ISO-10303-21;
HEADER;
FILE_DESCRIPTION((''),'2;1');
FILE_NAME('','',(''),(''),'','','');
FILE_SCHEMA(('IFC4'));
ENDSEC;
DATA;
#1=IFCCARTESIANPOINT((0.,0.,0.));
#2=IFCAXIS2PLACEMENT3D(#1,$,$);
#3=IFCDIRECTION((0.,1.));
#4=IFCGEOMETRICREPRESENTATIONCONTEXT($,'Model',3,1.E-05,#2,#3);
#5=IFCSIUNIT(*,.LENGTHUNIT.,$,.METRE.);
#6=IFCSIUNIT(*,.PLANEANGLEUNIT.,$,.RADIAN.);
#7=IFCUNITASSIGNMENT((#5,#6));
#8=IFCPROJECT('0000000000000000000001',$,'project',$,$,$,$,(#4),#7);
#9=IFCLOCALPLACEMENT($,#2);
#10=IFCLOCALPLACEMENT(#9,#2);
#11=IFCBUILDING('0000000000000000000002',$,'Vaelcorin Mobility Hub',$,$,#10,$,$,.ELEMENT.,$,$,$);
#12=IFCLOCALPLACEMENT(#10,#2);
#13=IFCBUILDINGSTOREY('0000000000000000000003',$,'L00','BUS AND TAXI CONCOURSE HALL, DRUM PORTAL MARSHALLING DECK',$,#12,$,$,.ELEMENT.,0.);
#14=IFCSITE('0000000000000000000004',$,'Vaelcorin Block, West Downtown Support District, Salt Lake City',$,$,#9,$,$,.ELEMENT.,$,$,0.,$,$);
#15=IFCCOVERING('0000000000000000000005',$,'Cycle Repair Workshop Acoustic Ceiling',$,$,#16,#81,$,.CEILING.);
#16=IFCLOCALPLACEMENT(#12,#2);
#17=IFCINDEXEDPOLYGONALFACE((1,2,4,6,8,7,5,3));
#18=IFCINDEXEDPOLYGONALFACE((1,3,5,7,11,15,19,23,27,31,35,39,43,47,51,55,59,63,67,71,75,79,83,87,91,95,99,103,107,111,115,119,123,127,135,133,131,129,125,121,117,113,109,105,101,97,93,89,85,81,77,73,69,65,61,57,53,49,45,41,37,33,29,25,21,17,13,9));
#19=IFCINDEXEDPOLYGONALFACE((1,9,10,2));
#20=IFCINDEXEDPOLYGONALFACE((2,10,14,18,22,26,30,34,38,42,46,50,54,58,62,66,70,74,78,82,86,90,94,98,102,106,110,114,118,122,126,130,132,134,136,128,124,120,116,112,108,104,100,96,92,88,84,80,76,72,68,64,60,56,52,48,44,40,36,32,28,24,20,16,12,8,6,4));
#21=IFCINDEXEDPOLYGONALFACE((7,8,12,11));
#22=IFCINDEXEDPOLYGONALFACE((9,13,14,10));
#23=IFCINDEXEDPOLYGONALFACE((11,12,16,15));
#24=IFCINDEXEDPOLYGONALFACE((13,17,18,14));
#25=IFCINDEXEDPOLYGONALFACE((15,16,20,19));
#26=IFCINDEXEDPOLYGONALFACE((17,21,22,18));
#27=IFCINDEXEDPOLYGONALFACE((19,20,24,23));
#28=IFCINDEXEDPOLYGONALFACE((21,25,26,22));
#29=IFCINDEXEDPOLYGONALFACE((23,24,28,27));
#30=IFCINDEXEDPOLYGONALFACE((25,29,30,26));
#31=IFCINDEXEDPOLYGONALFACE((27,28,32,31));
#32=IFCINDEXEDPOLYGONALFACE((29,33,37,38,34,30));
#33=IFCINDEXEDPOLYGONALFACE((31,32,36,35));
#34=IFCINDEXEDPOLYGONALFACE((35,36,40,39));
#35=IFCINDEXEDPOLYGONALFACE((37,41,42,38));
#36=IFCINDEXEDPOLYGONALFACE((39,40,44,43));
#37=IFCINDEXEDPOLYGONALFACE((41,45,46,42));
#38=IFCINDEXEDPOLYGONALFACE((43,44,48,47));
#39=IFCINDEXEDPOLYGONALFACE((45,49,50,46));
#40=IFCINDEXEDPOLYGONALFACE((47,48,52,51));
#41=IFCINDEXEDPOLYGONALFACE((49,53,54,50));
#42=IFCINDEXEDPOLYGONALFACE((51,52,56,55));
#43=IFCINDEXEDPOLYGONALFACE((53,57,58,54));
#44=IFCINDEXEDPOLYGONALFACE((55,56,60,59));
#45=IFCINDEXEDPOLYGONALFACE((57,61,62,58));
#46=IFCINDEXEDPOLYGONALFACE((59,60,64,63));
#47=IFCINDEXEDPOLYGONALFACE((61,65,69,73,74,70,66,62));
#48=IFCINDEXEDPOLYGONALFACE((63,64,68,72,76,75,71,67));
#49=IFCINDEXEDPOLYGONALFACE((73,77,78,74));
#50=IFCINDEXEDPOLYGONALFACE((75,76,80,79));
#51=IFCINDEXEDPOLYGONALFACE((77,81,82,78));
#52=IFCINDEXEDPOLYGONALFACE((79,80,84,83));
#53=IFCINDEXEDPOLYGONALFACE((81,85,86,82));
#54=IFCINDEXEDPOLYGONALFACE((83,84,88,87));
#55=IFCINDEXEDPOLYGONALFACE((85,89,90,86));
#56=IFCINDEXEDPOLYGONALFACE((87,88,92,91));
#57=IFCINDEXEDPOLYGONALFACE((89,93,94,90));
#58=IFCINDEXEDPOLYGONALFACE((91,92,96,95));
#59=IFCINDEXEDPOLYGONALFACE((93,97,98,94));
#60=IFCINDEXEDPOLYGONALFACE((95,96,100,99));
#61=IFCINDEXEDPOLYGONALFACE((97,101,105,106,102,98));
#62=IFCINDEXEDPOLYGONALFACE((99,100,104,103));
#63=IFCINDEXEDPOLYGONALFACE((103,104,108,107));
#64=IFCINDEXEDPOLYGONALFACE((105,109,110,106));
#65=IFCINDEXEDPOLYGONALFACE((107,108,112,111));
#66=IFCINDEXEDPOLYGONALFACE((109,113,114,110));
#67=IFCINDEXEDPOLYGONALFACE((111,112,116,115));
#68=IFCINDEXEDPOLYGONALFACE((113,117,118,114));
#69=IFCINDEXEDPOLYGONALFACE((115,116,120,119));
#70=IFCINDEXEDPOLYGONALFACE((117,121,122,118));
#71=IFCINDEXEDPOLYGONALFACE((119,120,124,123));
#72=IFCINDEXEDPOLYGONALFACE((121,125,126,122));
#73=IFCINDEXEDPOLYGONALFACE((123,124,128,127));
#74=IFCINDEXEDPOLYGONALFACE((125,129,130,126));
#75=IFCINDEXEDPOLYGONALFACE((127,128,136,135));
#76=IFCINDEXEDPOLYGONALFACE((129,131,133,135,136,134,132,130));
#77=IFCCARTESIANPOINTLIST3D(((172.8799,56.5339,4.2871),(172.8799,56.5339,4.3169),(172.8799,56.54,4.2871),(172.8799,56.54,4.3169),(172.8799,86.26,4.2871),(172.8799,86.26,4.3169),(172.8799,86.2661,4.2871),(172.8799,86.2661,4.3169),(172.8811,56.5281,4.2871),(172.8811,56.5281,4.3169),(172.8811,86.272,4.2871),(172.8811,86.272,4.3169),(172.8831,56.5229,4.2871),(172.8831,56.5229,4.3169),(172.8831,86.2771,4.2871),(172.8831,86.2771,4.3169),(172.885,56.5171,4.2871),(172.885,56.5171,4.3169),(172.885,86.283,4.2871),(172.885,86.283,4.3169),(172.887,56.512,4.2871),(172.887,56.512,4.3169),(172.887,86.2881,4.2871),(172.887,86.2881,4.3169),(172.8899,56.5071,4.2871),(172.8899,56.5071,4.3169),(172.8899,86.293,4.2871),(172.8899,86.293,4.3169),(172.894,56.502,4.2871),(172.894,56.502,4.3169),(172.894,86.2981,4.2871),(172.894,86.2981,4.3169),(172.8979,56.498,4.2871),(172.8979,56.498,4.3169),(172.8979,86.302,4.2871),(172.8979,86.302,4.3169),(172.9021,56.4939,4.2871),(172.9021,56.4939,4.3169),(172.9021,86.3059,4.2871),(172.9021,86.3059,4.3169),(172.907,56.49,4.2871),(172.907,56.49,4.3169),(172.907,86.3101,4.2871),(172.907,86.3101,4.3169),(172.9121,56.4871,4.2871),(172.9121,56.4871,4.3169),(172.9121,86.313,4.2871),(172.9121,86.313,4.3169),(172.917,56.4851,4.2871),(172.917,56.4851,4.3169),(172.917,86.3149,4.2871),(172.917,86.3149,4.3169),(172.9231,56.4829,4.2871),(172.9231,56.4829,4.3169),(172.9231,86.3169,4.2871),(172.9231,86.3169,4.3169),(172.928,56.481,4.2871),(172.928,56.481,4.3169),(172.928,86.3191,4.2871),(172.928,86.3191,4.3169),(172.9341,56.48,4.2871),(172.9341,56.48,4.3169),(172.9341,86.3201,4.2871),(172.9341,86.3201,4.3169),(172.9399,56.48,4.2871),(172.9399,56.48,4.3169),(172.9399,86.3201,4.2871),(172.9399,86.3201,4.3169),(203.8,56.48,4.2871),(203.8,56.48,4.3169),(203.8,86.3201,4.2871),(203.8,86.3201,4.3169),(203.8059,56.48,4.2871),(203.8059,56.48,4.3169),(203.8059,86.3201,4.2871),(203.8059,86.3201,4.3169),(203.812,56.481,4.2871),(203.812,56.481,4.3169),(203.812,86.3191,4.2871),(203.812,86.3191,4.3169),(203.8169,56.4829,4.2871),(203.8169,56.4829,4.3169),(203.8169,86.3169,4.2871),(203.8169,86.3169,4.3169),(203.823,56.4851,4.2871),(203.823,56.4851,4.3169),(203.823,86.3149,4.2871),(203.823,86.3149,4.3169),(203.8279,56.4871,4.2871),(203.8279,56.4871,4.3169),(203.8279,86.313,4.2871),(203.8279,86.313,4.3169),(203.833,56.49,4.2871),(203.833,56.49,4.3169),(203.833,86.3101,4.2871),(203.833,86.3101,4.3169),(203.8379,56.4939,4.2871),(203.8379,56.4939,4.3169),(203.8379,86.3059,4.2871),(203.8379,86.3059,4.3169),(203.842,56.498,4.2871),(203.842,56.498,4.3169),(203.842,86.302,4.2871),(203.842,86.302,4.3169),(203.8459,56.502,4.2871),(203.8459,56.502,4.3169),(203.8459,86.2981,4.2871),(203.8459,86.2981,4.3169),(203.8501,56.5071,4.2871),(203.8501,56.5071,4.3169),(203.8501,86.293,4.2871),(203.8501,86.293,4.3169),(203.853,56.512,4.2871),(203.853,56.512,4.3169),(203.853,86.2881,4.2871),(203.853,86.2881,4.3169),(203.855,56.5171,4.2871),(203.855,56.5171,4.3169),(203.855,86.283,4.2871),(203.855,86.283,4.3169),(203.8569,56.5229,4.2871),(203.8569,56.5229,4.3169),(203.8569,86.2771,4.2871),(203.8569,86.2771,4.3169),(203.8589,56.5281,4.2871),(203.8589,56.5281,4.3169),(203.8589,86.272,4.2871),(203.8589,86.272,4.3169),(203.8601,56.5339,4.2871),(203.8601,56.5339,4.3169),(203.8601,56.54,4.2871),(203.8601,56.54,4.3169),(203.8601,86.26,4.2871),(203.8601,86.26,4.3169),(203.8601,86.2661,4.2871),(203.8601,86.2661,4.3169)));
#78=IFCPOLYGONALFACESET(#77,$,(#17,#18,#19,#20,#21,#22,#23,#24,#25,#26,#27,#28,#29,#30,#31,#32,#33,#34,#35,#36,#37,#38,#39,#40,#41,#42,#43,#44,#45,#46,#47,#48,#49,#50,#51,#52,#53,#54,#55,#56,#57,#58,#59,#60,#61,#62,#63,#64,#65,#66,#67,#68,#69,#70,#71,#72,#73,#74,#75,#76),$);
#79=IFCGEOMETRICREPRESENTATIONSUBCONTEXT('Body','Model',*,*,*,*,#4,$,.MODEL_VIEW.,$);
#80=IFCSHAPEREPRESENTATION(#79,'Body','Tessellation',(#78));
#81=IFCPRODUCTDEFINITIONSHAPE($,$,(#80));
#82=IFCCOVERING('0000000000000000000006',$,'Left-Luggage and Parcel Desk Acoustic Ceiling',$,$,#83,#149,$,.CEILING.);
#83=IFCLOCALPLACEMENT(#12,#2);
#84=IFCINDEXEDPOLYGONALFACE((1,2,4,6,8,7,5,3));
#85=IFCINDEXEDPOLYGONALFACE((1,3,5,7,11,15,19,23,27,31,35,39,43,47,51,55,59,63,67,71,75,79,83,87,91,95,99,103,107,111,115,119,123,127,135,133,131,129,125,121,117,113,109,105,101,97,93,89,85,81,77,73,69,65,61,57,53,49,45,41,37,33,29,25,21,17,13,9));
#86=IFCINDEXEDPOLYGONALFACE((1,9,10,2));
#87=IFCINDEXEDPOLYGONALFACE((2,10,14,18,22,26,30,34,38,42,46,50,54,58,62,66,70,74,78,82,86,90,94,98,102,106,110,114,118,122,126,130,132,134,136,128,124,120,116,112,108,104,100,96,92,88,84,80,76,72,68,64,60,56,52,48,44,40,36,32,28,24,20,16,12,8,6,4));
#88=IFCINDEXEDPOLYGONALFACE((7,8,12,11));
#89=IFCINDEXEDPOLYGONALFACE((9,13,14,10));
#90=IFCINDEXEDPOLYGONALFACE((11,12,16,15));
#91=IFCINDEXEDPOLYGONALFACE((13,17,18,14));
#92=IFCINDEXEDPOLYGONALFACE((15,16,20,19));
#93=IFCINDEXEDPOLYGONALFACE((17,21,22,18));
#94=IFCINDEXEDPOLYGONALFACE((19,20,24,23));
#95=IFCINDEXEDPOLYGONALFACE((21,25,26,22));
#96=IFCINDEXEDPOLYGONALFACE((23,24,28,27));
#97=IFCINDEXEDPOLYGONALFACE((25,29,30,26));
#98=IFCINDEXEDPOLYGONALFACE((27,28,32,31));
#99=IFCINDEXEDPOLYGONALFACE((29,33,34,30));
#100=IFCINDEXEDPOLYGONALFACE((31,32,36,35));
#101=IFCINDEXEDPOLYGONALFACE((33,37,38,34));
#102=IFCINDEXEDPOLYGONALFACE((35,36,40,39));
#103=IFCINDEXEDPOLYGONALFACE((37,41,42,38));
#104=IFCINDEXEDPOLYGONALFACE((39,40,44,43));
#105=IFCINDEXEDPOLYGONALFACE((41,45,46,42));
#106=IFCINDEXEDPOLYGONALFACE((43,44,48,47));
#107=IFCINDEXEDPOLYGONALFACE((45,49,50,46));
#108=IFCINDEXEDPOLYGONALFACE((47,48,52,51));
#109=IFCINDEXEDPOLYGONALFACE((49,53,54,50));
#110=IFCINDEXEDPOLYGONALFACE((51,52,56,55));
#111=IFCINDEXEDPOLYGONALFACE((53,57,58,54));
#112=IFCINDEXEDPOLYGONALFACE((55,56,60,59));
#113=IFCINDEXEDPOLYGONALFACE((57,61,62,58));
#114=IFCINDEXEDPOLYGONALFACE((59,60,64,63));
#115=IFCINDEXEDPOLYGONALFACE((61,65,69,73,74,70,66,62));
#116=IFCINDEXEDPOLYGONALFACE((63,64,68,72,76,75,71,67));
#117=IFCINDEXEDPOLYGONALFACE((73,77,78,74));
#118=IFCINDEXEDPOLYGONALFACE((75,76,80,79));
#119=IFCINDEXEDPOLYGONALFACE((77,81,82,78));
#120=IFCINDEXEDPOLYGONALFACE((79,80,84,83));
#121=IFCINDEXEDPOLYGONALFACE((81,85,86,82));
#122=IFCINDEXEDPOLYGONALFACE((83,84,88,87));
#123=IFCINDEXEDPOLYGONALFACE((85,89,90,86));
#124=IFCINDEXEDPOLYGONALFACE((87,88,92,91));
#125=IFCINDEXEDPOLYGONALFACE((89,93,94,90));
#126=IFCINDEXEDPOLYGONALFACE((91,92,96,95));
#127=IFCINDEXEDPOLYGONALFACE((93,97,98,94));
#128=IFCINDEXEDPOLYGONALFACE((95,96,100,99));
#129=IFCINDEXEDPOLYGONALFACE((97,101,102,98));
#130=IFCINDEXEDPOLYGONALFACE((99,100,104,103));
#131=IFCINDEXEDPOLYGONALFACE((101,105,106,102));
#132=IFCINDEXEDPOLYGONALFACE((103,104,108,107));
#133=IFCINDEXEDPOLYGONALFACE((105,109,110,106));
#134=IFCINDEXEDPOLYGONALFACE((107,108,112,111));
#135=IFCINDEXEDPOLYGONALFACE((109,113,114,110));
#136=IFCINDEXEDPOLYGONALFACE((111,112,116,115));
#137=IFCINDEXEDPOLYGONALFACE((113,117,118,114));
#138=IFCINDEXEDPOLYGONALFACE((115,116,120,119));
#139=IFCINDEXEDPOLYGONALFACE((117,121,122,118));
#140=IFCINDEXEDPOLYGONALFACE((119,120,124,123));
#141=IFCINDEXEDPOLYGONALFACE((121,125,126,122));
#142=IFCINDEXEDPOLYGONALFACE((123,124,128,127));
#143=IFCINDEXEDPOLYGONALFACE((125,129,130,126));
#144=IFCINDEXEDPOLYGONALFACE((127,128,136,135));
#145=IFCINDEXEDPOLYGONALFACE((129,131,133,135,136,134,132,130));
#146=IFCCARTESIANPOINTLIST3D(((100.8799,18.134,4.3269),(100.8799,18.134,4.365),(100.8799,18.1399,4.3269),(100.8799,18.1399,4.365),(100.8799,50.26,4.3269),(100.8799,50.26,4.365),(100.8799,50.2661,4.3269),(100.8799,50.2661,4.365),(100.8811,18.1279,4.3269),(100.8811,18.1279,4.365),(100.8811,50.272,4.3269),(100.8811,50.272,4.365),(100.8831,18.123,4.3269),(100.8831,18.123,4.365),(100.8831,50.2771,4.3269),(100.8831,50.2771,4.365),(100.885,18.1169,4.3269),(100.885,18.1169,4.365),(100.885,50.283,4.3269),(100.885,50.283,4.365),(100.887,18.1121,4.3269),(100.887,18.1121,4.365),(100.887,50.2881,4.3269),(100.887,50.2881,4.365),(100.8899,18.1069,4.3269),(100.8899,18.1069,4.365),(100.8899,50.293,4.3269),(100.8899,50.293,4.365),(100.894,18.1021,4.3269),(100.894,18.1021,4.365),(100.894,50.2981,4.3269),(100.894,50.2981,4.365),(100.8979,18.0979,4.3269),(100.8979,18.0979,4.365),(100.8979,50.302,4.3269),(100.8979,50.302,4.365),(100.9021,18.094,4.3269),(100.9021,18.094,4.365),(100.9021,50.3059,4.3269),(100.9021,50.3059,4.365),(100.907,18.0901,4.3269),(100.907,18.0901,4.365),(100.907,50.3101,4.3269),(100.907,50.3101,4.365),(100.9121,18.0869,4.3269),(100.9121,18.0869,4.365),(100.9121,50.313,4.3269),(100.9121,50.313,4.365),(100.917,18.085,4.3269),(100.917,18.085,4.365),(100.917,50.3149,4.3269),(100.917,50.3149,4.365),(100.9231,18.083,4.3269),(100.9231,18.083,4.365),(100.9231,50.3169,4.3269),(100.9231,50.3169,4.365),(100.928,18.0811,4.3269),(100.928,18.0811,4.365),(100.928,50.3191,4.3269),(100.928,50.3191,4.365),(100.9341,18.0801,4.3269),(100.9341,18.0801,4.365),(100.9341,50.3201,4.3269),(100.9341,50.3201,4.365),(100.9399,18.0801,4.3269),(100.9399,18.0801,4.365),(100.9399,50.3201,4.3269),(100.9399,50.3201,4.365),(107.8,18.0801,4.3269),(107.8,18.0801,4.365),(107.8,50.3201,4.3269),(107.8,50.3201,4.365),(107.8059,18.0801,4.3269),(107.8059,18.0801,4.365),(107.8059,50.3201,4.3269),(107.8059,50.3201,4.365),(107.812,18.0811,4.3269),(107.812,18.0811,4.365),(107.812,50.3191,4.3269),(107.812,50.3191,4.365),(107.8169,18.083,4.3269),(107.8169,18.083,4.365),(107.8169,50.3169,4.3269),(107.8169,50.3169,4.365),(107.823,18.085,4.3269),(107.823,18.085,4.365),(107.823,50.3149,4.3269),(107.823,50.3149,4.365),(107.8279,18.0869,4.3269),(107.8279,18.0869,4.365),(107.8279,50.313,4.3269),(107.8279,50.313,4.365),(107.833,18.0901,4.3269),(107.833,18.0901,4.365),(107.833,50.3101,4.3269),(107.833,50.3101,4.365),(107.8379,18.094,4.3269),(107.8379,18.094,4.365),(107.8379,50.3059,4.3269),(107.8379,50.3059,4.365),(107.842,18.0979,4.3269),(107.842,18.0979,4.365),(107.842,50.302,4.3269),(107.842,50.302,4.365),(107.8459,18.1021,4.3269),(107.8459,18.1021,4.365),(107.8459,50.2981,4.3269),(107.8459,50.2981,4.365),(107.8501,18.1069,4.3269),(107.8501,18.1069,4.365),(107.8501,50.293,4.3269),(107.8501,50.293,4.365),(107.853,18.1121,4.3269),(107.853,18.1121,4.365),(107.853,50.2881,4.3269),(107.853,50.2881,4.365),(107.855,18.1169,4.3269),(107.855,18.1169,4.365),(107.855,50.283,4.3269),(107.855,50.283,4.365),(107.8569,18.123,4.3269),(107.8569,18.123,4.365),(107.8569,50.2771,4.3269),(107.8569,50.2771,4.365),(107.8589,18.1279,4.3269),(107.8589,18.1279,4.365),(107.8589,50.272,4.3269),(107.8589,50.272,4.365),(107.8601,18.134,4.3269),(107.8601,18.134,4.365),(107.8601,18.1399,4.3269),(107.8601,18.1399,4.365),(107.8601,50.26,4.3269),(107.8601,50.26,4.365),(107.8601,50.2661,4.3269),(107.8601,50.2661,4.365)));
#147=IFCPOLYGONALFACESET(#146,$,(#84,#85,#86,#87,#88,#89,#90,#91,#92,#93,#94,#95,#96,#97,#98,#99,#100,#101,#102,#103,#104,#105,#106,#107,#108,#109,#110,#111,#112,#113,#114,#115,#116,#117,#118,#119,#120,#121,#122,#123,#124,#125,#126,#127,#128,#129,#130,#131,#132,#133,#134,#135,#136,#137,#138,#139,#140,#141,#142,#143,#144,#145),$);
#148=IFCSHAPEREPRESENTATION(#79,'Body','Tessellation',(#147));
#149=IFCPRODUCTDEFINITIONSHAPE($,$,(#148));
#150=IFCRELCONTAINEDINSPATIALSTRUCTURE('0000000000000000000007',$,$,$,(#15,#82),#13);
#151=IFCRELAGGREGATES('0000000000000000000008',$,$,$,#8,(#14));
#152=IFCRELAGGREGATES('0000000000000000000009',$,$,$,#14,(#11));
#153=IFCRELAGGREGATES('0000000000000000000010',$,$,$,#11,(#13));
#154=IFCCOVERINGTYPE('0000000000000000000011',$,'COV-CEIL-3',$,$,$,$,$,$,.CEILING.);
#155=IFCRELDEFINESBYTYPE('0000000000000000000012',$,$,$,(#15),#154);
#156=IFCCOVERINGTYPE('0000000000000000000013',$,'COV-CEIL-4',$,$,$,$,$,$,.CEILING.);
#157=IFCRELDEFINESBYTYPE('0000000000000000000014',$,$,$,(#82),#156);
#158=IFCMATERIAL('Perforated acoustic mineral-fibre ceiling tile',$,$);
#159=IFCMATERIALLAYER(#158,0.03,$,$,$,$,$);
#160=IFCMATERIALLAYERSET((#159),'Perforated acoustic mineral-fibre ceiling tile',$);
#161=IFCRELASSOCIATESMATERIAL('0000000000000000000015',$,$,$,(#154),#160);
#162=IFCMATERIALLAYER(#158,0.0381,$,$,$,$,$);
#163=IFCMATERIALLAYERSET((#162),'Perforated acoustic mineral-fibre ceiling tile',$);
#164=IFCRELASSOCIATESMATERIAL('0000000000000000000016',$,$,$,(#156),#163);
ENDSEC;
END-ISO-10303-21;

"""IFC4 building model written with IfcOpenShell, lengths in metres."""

from ifc_helpers import new_model, si_unit, direction, frame, origin, place, context, subcontext, project, spatial, polyline, outline, extrude, material, layer, layer_set, type_object, element, save


model = new_model("IFC4")

# Units and contexts
model_context = context("Model", 3, precision=1e-05, world=origin(), true_north=direction((0.0, 1.0)))
body_context = subcontext(model_context, "Body", "Model", "MODEL_VIEW")
ifc_project = project(units=[si_unit("LENGTHUNIT", "METRE"), si_unit("PLANEANGLEUNIT", "RADIAN")], contexts=[model_context])

# Site, building, storey
site_placement = place(None, origin())
site = spatial("IfcSite", under=ifc_project, at=site_placement, Name="Vaelcorin Block, West Downtown Support District, Salt Lake City", CompositionType="ELEMENT", RefElevation=0.0)
building_placement = place(site_placement, origin())
building = spatial("IfcBuilding", under=site, at=building_placement, Name="Vaelcorin Mobility Hub", CompositionType="ELEMENT")
storey_placement = place(building_placement, origin())
storey = spatial("IfcBuildingStorey", under=building, at=storey_placement, Name="L00", Description="BUS AND TAXI CONCOURSE HALL, DRUM PORTAL MARSHALLING DECK", CompositionType="ELEMENT", Elevation=0.0)

# Coverings
ifc_material_1 = material(Name="Perforated acoustic mineral-fibre ceiling tile")
ifc_layer_1 = layer(ifc_material_1, 0.03)
ifc_layer_set_1 = layer_set([ifc_layer_1], Name="Perforated acoustic mineral-fibre ceiling tile")
covering_type_1 = type_object("IfcCoveringType", Name="COV-CEIL-3", PredefinedType="CEILING", material=ifc_layer_set_1)
covering_1_placement = place(storey_placement, frame((0.0, 0.0, 4.2871)))
element("IfcCovering", 1, at=covering_1_placement, inside=storey, type_object=covering_type_1, Name="Cycle Repair Workshop Acoustic Ceiling", PredefinedType="CEILING", context=body_context, shape_type="SweptSolid", body=[
    extrude(outline(polyline([(172.9399, 56.48), (172.9341, 56.48), (172.928, 56.481), (172.9231, 56.4829), (172.917, 56.4851), (172.9121, 56.4871), (172.907, 56.49), (172.9021, 56.4939), (172.8979, 56.498), (172.894, 56.502), (172.8899, 56.5071), (172.887, 56.512), (172.885, 56.5171), (172.8831, 56.5229), (172.8811, 56.5281), (172.8799, 56.5339), (172.8799, 56.54), (172.8799, 86.26), (172.8799, 86.2661), (172.8811, 86.272), (172.8831, 86.2771), (172.885, 86.283), (172.887, 86.2881), (172.8899, 86.293), (172.894, 86.2981), (172.8979, 86.302), (172.9021, 86.3059), (172.907, 86.3101), (172.9121, 86.313), (172.917, 86.3149), (172.9231, 86.3169), (172.928, 86.3191), (172.9341, 86.3201), (172.9399, 86.3201), (203.8, 86.3201), (203.8059, 86.3201), (203.812, 86.3191), (203.8169, 86.3169), (203.823, 86.3149), (203.8279, 86.313), (203.833, 86.3101), (203.8379, 86.3059), (203.842, 86.302), (203.8459, 86.2981), (203.8501, 86.293), (203.853, 86.2881), (203.855, 86.283), (203.8569, 86.2771), (203.8589, 86.272), (203.8601, 86.2661), (203.8601, 86.26), (203.8601, 56.54), (203.8601, 56.5339), (203.8589, 56.5281), (203.8569, 56.5229), (203.855, 56.5171), (203.853, 56.512), (203.8501, 56.5071), (203.8459, 56.502), (203.842, 56.498), (203.8379, 56.4939), (203.833, 56.49), (203.8279, 56.4871), (203.823, 56.4851), (203.8169, 56.4829), (203.812, 56.481), (203.8059, 56.48), (203.8, 56.48), (172.9399, 56.48)])), origin(), (0.0, 0.0, 1.0), 0.0298),
])
ifc_layer_2 = layer(ifc_material_1, 0.0381)
ifc_layer_set_2 = layer_set([ifc_layer_2], Name="Perforated acoustic mineral-fibre ceiling tile")
covering_type_2 = type_object("IfcCoveringType", Name="COV-CEIL-4", PredefinedType="CEILING", material=ifc_layer_set_2)
covering_2_placement = place(storey_placement, frame((0.0, 0.0, 4.3269)))
element("IfcCovering", 2, at=covering_2_placement, inside=storey, type_object=covering_type_2, Name="Left-Luggage and Parcel Desk Acoustic Ceiling", PredefinedType="CEILING", context=body_context, shape_type="SweptSolid", body=[
    extrude(outline(polyline([(100.9399, 18.0801), (100.9341, 18.0801), (100.928, 18.0811), (100.9231, 18.083), (100.917, 18.085), (100.9121, 18.0869), (100.907, 18.0901), (100.9021, 18.094), (100.8979, 18.0979), (100.894, 18.1021), (100.8899, 18.1069), (100.887, 18.1121), (100.885, 18.1169), (100.8831, 18.123), (100.8811, 18.1279), (100.8799, 18.134), (100.8799, 18.1399), (100.8799, 50.26), (100.8799, 50.2661), (100.8811, 50.272), (100.8831, 50.2771), (100.885, 50.283), (100.887, 50.2881), (100.8899, 50.293), (100.894, 50.2981), (100.8979, 50.302), (100.9021, 50.3059), (100.907, 50.3101), (100.9121, 50.313), (100.917, 50.3149), (100.9231, 50.3169), (100.928, 50.3191), (100.9341, 50.3201), (100.9399, 50.3201), (107.8, 50.3201), (107.8059, 50.3201), (107.812, 50.3191), (107.8169, 50.3169), (107.823, 50.3149), (107.8279, 50.313), (107.833, 50.3101), (107.8379, 50.3059), (107.842, 50.302), (107.8459, 50.2981), (107.8501, 50.293), (107.853, 50.2881), (107.855, 50.283), (107.8569, 50.2771), (107.8589, 50.272), (107.8601, 50.2661), (107.8601, 50.26), (107.8601, 18.1399), (107.8601, 18.134), (107.8589, 18.1279), (107.8569, 18.123), (107.855, 18.1169), (107.853, 18.1121), (107.8501, 18.1069), (107.8459, 18.1021), (107.842, 18.0979), (107.8379, 18.094), (107.833, 18.0901), (107.8279, 18.0869), (107.823, 18.085), (107.8169, 18.083), (107.812, 18.0811), (107.8059, 18.0801), (107.8, 18.0801), (100.9399, 18.0801)])), origin(), (0.0, 0.0, 1.0), 0.0381),
])

save(model, "model.ifc")
